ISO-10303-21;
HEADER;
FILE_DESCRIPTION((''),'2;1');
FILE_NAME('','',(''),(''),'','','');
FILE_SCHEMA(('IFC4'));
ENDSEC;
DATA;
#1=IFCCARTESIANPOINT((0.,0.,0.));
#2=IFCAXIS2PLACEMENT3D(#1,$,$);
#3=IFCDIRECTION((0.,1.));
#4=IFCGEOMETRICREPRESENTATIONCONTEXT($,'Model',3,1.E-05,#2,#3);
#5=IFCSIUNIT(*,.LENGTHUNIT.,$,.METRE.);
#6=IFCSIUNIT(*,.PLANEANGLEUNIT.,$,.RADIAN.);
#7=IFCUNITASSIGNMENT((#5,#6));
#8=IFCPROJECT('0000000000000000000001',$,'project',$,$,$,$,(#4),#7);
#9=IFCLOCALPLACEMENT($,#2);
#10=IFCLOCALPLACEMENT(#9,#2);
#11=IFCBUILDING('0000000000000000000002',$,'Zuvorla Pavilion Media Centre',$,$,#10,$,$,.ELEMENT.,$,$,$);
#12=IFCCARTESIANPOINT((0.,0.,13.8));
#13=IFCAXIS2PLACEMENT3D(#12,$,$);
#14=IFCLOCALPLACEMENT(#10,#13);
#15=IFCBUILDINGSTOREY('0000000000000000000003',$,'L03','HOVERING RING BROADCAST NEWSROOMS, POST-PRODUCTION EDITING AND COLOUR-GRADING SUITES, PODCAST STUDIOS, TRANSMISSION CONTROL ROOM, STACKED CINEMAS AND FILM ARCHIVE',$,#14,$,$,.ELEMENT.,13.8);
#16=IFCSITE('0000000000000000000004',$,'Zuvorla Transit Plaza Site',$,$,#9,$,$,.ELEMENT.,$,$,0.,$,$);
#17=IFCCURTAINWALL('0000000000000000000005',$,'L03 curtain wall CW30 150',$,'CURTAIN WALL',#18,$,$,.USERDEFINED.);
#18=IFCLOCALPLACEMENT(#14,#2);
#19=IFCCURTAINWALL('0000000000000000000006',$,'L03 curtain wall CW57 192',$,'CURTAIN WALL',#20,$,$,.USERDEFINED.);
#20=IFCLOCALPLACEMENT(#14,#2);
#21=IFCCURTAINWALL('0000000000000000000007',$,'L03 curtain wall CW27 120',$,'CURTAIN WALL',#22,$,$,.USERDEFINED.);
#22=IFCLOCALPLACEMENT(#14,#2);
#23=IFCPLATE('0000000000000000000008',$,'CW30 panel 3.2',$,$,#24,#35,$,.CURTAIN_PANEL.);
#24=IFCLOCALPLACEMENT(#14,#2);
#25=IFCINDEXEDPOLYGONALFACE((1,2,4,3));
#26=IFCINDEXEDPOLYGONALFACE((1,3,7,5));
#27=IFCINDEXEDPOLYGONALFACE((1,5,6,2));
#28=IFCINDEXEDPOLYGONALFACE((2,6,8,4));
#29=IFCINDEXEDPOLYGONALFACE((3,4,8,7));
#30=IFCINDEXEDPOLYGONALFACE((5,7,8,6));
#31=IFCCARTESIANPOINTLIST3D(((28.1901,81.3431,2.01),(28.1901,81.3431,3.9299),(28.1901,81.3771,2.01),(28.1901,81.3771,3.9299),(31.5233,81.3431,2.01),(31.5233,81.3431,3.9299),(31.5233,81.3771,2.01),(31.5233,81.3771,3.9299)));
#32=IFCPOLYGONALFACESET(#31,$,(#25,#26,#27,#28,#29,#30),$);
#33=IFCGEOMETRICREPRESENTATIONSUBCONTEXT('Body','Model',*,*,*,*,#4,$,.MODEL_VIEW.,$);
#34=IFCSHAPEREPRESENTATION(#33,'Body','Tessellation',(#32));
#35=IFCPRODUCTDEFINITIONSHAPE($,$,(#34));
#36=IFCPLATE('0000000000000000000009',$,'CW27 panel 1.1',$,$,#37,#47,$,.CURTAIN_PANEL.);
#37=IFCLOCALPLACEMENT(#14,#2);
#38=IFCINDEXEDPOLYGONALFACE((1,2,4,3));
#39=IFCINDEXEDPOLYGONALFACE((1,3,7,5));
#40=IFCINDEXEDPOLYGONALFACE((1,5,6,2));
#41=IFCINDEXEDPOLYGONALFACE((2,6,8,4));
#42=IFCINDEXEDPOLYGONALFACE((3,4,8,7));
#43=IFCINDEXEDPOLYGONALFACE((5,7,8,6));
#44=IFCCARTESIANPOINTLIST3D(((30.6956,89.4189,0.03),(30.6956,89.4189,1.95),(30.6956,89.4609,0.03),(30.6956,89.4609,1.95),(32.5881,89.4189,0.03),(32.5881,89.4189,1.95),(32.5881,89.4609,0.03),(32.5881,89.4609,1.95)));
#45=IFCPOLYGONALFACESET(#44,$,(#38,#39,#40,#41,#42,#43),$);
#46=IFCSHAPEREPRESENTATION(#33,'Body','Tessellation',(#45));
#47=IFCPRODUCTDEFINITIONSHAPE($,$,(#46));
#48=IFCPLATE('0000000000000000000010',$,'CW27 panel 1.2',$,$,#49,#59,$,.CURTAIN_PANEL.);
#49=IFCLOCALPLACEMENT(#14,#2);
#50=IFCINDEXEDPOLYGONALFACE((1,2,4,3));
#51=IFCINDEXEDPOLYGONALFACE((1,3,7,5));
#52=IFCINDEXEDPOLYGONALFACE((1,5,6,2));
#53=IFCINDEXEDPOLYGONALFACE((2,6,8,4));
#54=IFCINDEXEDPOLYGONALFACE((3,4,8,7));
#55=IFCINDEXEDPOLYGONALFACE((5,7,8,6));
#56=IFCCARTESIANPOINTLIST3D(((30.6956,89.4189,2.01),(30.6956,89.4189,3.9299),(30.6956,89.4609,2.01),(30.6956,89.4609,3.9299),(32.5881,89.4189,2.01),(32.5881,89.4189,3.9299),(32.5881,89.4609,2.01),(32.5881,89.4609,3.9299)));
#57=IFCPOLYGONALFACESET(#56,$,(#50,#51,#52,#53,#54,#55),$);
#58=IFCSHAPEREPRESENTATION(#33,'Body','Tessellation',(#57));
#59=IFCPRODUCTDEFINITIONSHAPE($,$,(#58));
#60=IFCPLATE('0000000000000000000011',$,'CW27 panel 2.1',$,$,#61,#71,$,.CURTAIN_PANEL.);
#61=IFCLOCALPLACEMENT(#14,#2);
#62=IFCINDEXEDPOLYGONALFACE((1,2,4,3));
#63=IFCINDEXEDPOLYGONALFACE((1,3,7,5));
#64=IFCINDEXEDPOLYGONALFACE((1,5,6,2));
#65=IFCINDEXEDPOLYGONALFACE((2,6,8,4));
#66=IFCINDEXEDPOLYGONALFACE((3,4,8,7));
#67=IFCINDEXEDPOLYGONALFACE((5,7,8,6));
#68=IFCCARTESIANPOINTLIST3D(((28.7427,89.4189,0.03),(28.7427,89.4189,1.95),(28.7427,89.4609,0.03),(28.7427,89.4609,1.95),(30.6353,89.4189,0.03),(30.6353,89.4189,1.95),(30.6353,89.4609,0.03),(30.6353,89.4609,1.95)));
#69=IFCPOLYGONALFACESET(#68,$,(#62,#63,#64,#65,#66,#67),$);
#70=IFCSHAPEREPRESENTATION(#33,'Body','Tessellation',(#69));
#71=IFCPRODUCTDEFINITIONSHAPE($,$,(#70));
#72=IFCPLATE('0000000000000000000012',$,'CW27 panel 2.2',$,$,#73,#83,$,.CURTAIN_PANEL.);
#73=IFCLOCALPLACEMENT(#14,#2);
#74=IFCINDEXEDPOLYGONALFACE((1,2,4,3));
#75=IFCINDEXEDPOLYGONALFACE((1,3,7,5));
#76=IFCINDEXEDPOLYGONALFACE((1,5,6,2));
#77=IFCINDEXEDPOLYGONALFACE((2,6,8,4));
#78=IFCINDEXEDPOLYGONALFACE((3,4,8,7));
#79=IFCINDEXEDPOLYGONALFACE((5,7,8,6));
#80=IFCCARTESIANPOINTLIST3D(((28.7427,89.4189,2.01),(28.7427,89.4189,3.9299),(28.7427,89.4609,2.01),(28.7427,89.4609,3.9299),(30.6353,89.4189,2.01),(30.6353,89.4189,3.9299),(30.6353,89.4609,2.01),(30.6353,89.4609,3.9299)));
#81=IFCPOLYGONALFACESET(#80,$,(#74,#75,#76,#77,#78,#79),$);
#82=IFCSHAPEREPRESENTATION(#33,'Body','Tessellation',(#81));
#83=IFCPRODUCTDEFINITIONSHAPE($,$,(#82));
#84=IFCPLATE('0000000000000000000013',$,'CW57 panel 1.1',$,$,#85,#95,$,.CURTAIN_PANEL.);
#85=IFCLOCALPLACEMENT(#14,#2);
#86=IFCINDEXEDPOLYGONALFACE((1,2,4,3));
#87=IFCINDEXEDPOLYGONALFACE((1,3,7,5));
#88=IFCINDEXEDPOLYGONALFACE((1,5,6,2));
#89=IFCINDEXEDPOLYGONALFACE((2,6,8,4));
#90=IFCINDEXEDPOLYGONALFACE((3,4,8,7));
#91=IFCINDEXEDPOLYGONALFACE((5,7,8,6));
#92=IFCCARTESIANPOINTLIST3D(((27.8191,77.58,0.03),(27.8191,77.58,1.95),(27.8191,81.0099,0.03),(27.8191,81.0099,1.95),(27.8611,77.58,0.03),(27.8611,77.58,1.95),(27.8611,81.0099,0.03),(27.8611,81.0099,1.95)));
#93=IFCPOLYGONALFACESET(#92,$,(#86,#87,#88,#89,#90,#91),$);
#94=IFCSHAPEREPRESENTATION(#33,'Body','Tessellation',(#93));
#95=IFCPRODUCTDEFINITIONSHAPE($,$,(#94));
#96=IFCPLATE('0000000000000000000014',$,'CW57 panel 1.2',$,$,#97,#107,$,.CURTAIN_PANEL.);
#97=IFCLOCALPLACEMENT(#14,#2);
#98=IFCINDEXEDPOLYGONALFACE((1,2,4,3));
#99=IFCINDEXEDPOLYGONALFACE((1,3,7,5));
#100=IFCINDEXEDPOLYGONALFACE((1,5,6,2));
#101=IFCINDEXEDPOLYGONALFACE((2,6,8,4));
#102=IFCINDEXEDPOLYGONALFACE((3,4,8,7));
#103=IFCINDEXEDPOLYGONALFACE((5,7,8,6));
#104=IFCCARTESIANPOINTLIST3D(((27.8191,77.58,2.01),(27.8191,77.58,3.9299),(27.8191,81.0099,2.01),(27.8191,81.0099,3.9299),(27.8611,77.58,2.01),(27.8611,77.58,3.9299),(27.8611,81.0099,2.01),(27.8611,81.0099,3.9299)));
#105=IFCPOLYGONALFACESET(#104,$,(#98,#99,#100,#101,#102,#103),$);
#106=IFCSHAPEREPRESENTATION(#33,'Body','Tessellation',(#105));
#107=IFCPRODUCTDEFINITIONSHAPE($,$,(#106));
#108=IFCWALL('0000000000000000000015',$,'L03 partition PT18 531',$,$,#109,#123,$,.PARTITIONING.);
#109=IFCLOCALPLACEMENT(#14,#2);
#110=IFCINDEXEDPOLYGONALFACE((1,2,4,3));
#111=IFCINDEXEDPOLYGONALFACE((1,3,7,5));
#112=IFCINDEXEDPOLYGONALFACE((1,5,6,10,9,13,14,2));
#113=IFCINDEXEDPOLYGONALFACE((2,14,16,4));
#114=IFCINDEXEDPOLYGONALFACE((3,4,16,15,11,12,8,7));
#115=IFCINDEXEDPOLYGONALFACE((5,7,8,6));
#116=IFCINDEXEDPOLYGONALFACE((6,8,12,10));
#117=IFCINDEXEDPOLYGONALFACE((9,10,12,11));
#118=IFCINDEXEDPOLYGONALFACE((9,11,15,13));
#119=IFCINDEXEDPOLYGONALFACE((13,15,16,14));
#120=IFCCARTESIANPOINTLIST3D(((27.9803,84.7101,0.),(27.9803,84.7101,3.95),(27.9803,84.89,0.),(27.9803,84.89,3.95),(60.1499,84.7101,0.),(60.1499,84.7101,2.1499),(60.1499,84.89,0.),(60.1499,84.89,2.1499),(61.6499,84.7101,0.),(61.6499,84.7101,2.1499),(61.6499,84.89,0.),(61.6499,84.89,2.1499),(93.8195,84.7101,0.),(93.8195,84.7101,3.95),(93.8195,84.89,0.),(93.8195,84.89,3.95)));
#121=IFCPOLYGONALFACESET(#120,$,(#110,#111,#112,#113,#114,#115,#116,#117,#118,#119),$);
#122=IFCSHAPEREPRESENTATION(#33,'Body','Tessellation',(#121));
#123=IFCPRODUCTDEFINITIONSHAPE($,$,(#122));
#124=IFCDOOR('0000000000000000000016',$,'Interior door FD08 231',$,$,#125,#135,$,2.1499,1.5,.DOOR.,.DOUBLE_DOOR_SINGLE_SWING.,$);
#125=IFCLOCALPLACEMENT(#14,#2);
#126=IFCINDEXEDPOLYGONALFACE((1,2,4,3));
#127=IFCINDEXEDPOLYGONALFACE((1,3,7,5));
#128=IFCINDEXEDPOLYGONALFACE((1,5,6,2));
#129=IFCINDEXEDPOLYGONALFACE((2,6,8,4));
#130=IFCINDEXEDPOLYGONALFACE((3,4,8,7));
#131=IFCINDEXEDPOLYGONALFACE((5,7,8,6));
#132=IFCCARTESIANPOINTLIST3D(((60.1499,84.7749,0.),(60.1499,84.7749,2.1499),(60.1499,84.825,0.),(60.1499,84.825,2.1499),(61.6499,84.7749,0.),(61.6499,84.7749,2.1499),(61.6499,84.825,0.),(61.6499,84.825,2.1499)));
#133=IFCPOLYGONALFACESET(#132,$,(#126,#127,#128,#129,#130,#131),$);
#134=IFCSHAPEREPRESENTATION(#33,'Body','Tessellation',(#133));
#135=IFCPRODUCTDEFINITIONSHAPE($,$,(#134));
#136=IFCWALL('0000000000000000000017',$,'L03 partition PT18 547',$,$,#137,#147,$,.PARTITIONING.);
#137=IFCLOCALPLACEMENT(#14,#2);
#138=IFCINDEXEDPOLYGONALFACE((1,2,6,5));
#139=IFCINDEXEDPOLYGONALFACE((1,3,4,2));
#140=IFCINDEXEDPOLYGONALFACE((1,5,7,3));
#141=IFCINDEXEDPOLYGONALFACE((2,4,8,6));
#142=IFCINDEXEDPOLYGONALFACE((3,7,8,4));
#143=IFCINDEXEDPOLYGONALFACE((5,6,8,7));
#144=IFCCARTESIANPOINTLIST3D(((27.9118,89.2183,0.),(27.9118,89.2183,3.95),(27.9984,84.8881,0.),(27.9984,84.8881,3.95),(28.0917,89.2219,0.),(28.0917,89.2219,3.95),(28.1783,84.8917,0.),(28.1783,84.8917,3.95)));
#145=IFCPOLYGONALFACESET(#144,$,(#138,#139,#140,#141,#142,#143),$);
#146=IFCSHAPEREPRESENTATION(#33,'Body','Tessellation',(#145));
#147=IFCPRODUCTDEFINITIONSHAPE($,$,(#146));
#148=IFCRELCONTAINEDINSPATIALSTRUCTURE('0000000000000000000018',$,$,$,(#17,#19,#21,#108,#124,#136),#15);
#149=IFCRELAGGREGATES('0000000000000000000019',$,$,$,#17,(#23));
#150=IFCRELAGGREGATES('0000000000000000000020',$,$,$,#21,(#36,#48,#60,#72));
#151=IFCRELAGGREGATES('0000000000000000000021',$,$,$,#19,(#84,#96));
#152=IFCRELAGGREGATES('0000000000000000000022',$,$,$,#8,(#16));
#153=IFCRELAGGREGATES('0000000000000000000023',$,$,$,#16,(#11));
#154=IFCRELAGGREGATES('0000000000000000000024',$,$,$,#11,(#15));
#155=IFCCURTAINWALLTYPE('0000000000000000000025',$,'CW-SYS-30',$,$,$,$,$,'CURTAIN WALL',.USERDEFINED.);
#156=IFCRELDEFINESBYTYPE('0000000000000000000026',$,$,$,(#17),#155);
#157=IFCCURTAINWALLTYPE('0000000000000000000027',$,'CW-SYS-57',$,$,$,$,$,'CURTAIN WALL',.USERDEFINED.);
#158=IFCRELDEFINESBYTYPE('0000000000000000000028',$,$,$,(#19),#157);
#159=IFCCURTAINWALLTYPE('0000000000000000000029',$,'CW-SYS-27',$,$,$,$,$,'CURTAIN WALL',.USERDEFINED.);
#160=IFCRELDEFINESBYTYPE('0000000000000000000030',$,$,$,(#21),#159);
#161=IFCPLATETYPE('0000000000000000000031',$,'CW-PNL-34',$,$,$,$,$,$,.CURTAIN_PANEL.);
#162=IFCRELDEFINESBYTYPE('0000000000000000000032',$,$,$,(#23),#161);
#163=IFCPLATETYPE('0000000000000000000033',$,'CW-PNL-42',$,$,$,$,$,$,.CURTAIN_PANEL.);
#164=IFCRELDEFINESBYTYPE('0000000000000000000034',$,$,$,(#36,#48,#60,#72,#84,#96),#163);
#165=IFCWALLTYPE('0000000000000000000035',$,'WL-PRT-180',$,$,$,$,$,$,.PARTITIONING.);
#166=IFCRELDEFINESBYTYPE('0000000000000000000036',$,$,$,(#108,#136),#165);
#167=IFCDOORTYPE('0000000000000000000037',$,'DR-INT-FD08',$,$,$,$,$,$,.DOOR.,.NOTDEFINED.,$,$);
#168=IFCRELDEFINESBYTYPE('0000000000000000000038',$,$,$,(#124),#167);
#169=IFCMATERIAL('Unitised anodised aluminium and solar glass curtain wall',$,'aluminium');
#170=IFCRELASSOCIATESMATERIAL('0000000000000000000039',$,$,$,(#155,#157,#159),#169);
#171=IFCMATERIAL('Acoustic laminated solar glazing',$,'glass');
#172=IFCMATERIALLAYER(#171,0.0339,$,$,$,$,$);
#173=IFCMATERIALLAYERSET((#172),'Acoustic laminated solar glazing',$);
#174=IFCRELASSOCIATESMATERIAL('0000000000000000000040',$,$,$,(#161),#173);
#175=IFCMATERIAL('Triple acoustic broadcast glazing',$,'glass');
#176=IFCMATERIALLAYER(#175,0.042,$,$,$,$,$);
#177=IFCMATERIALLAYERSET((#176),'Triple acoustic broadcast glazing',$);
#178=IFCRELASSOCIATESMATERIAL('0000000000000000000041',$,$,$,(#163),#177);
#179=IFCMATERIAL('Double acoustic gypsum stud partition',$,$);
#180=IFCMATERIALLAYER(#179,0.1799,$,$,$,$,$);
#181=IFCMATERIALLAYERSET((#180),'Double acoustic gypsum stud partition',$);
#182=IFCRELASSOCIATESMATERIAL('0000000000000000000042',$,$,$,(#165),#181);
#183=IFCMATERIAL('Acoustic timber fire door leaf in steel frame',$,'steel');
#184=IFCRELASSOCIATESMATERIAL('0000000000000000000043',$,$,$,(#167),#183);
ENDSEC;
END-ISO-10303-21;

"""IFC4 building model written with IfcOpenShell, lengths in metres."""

from ifc_helpers import new_model, si_unit, direction, frame, frame_2d, origin, origin_2d, place, context, subcontext, project, spatial, rectangle, extrude, material, layer, layer_set, type_object, element, fill, aggregate, save


model = new_model("IFC4")

# Units and contexts
model_context = context("Model", 3, precision=1e-05, world=origin(), true_north=direction((0.0, 1.0)))
body_context = subcontext(model_context, "Body", "Model", "MODEL_VIEW")
ifc_project = project(units=[si_unit("LENGTHUNIT", "METRE"), si_unit("PLANEANGLEUNIT", "RADIAN")], contexts=[model_context])

# Site, building, storey
site_placement = place(None, origin())
site = spatial("IfcSite", under=ifc_project, at=site_placement, Name="Zuvorla Transit Plaza Site", CompositionType="ELEMENT", RefElevation=0.0)
building_placement = place(site_placement, origin())
building = spatial("IfcBuilding", under=site, at=building_placement, Name="Zuvorla Pavilion Media Centre", CompositionType="ELEMENT")
storey_placement = place(building_placement, frame((0.0, 0.0, 13.8)))
storey = spatial("IfcBuildingStorey", under=building, at=storey_placement, Name="L03", Description="HOVERING RING BROADCAST NEWSROOMS, POST-PRODUCTION EDITING AND COLOUR-GRADING SUITES, PODCAST STUDIOS, TRANSMISSION CONTROL ROOM, STACKED CINEMAS AND FILM ARCHIVE", CompositionType="ELEMENT", Elevation=13.8)

# Curtain wall
ifc_material_1 = material(Name="Unitised anodised aluminium and solar glass curtain wall", Category="aluminium")
curtain_wall_type_1 = type_object("IfcCurtainWallType", Name="CW-SYS-30", ElementType="CURTAIN WALL", PredefinedType="USERDEFINED", material=ifc_material_1)
curtain_wall_1_placement = place(storey_placement, origin())
curtain_wall_1 = element("IfcCurtainWall", 1, at=curtain_wall_1_placement, inside=storey, type_object=curtain_wall_type_1, Name="L03 curtain wall CW30 150", ObjectType="CURTAIN WALL", PredefinedType="USERDEFINED")

# Curtain wall
curtain_wall_type_2 = type_object("IfcCurtainWallType", Name="CW-SYS-57", ElementType="CURTAIN WALL", PredefinedType="USERDEFINED", material=ifc_material_1)
curtain_wall_2_placement = place(storey_placement, origin())
curtain_wall_2 = element("IfcCurtainWall", 2, at=curtain_wall_2_placement, inside=storey, type_object=curtain_wall_type_2, Name="L03 curtain wall CW57 192", ObjectType="CURTAIN WALL", PredefinedType="USERDEFINED")

# Curtain wall
curtain_wall_type_3 = type_object("IfcCurtainWallType", Name="CW-SYS-27", ElementType="CURTAIN WALL", PredefinedType="USERDEFINED", material=ifc_material_1)
curtain_wall_3_placement = place(storey_placement, origin())
curtain_wall_3 = element("IfcCurtainWall", 3, at=curtain_wall_3_placement, inside=storey, type_object=curtain_wall_type_3, Name="L03 curtain wall CW27 120", ObjectType="CURTAIN WALL", PredefinedType="USERDEFINED")

# Plates
ifc_material_2 = material(Name="Acoustic laminated solar glazing", Category="glass")
ifc_layer_1 = layer(ifc_material_2, 0.0339)
ifc_layer_set_1 = layer_set([ifc_layer_1], Name="Acoustic laminated solar glazing")
plate_type_1 = type_object("IfcPlateType", Name="CW-PNL-34", PredefinedType="CURTAIN_PANEL", material=ifc_layer_set_1)
plate_1_placement = place(storey_placement, frame((29.8567, 81.3601, 2.01), z_axis=(0.0, 0.0, 1.0), x_axis=(-1.0, 0.0, 0.0)))
plate_1 = element("IfcPlate", 4, at=plate_1_placement, type_object=plate_type_1, Name="CW30 panel 3.2", PredefinedType="CURTAIN_PANEL", context=body_context, shape_type="SweptSolid", body=[
    extrude(rectangle(XDim=3.3333, YDim=0.0339, at=origin_2d()), origin(), (0.0, 0.0, 1.0), 1.9199),
])
aggregate(curtain_wall_1, [plate_1])
ifc_material_3 = material(Name="Triple acoustic broadcast glazing", Category="glass")
ifc_layer_2 = layer(ifc_material_3, 0.042)
ifc_layer_set_2 = layer_set([ifc_layer_2], Name="Triple acoustic broadcast glazing")
plate_type_2 = type_object("IfcPlateType", Name="CW-PNL-42", PredefinedType="CURTAIN_PANEL", material=ifc_layer_set_2)
plate_2_placement = place(storey_placement, frame((31.6418, 89.4399, 0.03), z_axis=(0.0, 0.0, 1.0), x_axis=(-1.0, 0.0, 0.0)))
plate_2 = element("IfcPlate", 5, at=plate_2_placement, type_object=plate_type_2, Name="CW27 panel 1.1", PredefinedType="CURTAIN_PANEL", context=body_context, shape_type="SweptSolid", body=[
    extrude(rectangle(XDim=1.8926, YDim=0.042, at=origin_2d()), origin(), (0.0, 0.0, 1.0), 1.9199),
])
plate_3_placement = place(storey_placement, frame((31.6418, 89.4399, 2.01), z_axis=(0.0, 0.0, 1.0), x_axis=(-1.0, 0.0, 0.0)))
plate_3 = element("IfcPlate", 6, at=plate_3_placement, type_object=plate_type_2, Name="CW27 panel 1.2", PredefinedType="CURTAIN_PANEL", context=body_context, shape_type="SweptSolid", body=[
    extrude(rectangle(XDim=1.8926, YDim=0.042, at=origin_2d()), origin(), (0.0, 0.0, 1.0), 1.9199),
])
plate_4_placement = place(storey_placement, frame((29.689, 89.4399, 0.03), z_axis=(0.0, 0.0, 1.0), x_axis=(-1.0, 0.0, 0.0)))
plate_4 = element("IfcPlate", 7, at=plate_4_placement, type_object=plate_type_2, Name="CW27 panel 2.1", PredefinedType="CURTAIN_PANEL", context=body_context, shape_type="SweptSolid", body=[
    extrude(rectangle(XDim=1.8926, YDim=0.042, at=origin_2d()), origin(), (0.0, 0.0, 1.0), 1.9199),
])
plate_5_placement = place(storey_placement, frame((29.689, 89.4399, 2.01), z_axis=(0.0, 0.0, 1.0), x_axis=(-1.0, 0.0, 0.0)))
plate_5 = element("IfcPlate", 8, at=plate_5_placement, type_object=plate_type_2, Name="CW27 panel 2.2", PredefinedType="CURTAIN_PANEL", context=body_context, shape_type="SweptSolid", body=[
    extrude(rectangle(XDim=1.8926, YDim=0.042, at=origin_2d()), origin(), (0.0, 0.0, 1.0), 1.9199),
])
aggregate(curtain_wall_3, [plate_2, plate_3, plate_4, plate_5])
plate_6_placement = place(storey_placement, frame((27.8401, 79.2949, 0.03), z_axis=(0.0, 0.0, 1.0), x_axis=(0.0, -1.0, 0.0)))
plate_6 = element("IfcPlate", 9, at=plate_6_placement, type_object=plate_type_2, Name="CW57 panel 1.1", PredefinedType="CURTAIN_PANEL", context=body_context, shape_type="SweptSolid", body=[
    extrude(rectangle(XDim=3.4299, YDim=0.042, at=origin_2d()), origin(), (0.0, 0.0, 1.0), 1.9199),
])
plate_7_placement = place(storey_placement, frame((27.8401, 79.2949, 2.01), z_axis=(0.0, 0.0, 1.0), x_axis=(0.0, -1.0, 0.0)))
plate_7 = element("IfcPlate", 10, at=plate_7_placement, type_object=plate_type_2, Name="CW57 panel 1.2", PredefinedType="CURTAIN_PANEL", context=body_context, shape_type="SweptSolid", body=[
    extrude(rectangle(XDim=3.4299, YDim=0.042, at=origin_2d()), origin(), (0.0, 0.0, 1.0), 1.9199),
])
aggregate(curtain_wall_2, [plate_6, plate_7])

# Wall, opening, door
ifc_material_4 = material(Name="Double acoustic gypsum stud partition")
ifc_layer_3 = layer(ifc_material_4, 0.1799)
ifc_layer_set_3 = layer_set([ifc_layer_3], Name="Double acoustic gypsum stud partition")
wall_type = type_object("IfcWallType", Name="WL-PRT-180", PredefinedType="PARTITIONING", material=ifc_layer_set_3)
wall_1_placement = place(storey_placement, frame((27.9805, 84.8, 0.0), z_axis=(0.0, 0.0, 1.0), x_axis=(1.0, 0.0, 0.0)))
wall_1 = element("IfcWall", 11, at=wall_1_placement, inside=storey, type_object=wall_type, Name="L03 partition PT18 531", PredefinedType="PARTITIONING", context=body_context, shape_type="SweptSolid", body=[
    extrude(rectangle(XDim=65.8391, YDim=0.1799, at=frame_2d((32.9194, 0.0))), origin(), (0.0, 0.0, 1.0), 3.95),
])
opening_placement = place(wall_1_placement, frame((32.1694, 0.0, 0.0)))
opening = element("IfcOpeningElement", 12, at=opening_placement, cuts=wall_1, PredefinedType="OPENING", context=body_context, shape_type="SweptSolid", body=[
    extrude(rectangle(XDim=1.5, YDim=2.1499, at=frame_2d((0.75, 1.075))), frame((0.0, 0.0999, 0.0), z_axis=(0.0, -1.0, 0.0), x_axis=(1.0, 0.0, 0.0)), (0.0, 0.0, 1.0), 0.2),
])
ifc_material_5 = material(Name="Acoustic timber fire door leaf in steel frame", Category="steel")
door_type = type_object("IfcDoorType", Name="DR-INT-FD08", OperationType="NOTDEFINED", PredefinedType="DOOR", material=ifc_material_5)
door_placement = place(opening_placement, origin())
door = element("IfcDoor", 13, at=door_placement, inside=storey, type_object=door_type, Name="Interior door FD08 231", OperationType="DOUBLE_DOOR_SINGLE_SWING", OverallHeight=2.1499, OverallWidth=1.5, PredefinedType="DOOR", context=body_context, shape_type="SweptSolid", body=[
    extrude(rectangle(XDim=1.5, YDim=2.1499, at=frame_2d((0.75, 1.075))), frame((0.0, 0.0249, 0.0), z_axis=(0.0, -1.0, 0.0), x_axis=(1.0, 0.0, 0.0)), (0.0, 0.0, 1.0), 0.05),
])
fill(opening, door)

# Wall
wall_2_placement = place(storey_placement, frame((28.0884, 84.8899, 0.0), z_axis=(0.0, 0.0, 1.0), x_axis=(-0.020012, 0.9998, 0.0)))
element("IfcWall", 14, at=wall_2_placement, inside=storey, type_object=wall_type, Name="L03 partition PT18 547", PredefinedType="PARTITIONING", context=body_context, shape_type="SweptSolid", body=[
    extrude(rectangle(XDim=4.3311, YDim=0.1799, at=frame_2d((2.1655, 0.0))), origin(), (0.0, 0.0, 1.0), 3.95),
])

save(model, "model.ifc")
